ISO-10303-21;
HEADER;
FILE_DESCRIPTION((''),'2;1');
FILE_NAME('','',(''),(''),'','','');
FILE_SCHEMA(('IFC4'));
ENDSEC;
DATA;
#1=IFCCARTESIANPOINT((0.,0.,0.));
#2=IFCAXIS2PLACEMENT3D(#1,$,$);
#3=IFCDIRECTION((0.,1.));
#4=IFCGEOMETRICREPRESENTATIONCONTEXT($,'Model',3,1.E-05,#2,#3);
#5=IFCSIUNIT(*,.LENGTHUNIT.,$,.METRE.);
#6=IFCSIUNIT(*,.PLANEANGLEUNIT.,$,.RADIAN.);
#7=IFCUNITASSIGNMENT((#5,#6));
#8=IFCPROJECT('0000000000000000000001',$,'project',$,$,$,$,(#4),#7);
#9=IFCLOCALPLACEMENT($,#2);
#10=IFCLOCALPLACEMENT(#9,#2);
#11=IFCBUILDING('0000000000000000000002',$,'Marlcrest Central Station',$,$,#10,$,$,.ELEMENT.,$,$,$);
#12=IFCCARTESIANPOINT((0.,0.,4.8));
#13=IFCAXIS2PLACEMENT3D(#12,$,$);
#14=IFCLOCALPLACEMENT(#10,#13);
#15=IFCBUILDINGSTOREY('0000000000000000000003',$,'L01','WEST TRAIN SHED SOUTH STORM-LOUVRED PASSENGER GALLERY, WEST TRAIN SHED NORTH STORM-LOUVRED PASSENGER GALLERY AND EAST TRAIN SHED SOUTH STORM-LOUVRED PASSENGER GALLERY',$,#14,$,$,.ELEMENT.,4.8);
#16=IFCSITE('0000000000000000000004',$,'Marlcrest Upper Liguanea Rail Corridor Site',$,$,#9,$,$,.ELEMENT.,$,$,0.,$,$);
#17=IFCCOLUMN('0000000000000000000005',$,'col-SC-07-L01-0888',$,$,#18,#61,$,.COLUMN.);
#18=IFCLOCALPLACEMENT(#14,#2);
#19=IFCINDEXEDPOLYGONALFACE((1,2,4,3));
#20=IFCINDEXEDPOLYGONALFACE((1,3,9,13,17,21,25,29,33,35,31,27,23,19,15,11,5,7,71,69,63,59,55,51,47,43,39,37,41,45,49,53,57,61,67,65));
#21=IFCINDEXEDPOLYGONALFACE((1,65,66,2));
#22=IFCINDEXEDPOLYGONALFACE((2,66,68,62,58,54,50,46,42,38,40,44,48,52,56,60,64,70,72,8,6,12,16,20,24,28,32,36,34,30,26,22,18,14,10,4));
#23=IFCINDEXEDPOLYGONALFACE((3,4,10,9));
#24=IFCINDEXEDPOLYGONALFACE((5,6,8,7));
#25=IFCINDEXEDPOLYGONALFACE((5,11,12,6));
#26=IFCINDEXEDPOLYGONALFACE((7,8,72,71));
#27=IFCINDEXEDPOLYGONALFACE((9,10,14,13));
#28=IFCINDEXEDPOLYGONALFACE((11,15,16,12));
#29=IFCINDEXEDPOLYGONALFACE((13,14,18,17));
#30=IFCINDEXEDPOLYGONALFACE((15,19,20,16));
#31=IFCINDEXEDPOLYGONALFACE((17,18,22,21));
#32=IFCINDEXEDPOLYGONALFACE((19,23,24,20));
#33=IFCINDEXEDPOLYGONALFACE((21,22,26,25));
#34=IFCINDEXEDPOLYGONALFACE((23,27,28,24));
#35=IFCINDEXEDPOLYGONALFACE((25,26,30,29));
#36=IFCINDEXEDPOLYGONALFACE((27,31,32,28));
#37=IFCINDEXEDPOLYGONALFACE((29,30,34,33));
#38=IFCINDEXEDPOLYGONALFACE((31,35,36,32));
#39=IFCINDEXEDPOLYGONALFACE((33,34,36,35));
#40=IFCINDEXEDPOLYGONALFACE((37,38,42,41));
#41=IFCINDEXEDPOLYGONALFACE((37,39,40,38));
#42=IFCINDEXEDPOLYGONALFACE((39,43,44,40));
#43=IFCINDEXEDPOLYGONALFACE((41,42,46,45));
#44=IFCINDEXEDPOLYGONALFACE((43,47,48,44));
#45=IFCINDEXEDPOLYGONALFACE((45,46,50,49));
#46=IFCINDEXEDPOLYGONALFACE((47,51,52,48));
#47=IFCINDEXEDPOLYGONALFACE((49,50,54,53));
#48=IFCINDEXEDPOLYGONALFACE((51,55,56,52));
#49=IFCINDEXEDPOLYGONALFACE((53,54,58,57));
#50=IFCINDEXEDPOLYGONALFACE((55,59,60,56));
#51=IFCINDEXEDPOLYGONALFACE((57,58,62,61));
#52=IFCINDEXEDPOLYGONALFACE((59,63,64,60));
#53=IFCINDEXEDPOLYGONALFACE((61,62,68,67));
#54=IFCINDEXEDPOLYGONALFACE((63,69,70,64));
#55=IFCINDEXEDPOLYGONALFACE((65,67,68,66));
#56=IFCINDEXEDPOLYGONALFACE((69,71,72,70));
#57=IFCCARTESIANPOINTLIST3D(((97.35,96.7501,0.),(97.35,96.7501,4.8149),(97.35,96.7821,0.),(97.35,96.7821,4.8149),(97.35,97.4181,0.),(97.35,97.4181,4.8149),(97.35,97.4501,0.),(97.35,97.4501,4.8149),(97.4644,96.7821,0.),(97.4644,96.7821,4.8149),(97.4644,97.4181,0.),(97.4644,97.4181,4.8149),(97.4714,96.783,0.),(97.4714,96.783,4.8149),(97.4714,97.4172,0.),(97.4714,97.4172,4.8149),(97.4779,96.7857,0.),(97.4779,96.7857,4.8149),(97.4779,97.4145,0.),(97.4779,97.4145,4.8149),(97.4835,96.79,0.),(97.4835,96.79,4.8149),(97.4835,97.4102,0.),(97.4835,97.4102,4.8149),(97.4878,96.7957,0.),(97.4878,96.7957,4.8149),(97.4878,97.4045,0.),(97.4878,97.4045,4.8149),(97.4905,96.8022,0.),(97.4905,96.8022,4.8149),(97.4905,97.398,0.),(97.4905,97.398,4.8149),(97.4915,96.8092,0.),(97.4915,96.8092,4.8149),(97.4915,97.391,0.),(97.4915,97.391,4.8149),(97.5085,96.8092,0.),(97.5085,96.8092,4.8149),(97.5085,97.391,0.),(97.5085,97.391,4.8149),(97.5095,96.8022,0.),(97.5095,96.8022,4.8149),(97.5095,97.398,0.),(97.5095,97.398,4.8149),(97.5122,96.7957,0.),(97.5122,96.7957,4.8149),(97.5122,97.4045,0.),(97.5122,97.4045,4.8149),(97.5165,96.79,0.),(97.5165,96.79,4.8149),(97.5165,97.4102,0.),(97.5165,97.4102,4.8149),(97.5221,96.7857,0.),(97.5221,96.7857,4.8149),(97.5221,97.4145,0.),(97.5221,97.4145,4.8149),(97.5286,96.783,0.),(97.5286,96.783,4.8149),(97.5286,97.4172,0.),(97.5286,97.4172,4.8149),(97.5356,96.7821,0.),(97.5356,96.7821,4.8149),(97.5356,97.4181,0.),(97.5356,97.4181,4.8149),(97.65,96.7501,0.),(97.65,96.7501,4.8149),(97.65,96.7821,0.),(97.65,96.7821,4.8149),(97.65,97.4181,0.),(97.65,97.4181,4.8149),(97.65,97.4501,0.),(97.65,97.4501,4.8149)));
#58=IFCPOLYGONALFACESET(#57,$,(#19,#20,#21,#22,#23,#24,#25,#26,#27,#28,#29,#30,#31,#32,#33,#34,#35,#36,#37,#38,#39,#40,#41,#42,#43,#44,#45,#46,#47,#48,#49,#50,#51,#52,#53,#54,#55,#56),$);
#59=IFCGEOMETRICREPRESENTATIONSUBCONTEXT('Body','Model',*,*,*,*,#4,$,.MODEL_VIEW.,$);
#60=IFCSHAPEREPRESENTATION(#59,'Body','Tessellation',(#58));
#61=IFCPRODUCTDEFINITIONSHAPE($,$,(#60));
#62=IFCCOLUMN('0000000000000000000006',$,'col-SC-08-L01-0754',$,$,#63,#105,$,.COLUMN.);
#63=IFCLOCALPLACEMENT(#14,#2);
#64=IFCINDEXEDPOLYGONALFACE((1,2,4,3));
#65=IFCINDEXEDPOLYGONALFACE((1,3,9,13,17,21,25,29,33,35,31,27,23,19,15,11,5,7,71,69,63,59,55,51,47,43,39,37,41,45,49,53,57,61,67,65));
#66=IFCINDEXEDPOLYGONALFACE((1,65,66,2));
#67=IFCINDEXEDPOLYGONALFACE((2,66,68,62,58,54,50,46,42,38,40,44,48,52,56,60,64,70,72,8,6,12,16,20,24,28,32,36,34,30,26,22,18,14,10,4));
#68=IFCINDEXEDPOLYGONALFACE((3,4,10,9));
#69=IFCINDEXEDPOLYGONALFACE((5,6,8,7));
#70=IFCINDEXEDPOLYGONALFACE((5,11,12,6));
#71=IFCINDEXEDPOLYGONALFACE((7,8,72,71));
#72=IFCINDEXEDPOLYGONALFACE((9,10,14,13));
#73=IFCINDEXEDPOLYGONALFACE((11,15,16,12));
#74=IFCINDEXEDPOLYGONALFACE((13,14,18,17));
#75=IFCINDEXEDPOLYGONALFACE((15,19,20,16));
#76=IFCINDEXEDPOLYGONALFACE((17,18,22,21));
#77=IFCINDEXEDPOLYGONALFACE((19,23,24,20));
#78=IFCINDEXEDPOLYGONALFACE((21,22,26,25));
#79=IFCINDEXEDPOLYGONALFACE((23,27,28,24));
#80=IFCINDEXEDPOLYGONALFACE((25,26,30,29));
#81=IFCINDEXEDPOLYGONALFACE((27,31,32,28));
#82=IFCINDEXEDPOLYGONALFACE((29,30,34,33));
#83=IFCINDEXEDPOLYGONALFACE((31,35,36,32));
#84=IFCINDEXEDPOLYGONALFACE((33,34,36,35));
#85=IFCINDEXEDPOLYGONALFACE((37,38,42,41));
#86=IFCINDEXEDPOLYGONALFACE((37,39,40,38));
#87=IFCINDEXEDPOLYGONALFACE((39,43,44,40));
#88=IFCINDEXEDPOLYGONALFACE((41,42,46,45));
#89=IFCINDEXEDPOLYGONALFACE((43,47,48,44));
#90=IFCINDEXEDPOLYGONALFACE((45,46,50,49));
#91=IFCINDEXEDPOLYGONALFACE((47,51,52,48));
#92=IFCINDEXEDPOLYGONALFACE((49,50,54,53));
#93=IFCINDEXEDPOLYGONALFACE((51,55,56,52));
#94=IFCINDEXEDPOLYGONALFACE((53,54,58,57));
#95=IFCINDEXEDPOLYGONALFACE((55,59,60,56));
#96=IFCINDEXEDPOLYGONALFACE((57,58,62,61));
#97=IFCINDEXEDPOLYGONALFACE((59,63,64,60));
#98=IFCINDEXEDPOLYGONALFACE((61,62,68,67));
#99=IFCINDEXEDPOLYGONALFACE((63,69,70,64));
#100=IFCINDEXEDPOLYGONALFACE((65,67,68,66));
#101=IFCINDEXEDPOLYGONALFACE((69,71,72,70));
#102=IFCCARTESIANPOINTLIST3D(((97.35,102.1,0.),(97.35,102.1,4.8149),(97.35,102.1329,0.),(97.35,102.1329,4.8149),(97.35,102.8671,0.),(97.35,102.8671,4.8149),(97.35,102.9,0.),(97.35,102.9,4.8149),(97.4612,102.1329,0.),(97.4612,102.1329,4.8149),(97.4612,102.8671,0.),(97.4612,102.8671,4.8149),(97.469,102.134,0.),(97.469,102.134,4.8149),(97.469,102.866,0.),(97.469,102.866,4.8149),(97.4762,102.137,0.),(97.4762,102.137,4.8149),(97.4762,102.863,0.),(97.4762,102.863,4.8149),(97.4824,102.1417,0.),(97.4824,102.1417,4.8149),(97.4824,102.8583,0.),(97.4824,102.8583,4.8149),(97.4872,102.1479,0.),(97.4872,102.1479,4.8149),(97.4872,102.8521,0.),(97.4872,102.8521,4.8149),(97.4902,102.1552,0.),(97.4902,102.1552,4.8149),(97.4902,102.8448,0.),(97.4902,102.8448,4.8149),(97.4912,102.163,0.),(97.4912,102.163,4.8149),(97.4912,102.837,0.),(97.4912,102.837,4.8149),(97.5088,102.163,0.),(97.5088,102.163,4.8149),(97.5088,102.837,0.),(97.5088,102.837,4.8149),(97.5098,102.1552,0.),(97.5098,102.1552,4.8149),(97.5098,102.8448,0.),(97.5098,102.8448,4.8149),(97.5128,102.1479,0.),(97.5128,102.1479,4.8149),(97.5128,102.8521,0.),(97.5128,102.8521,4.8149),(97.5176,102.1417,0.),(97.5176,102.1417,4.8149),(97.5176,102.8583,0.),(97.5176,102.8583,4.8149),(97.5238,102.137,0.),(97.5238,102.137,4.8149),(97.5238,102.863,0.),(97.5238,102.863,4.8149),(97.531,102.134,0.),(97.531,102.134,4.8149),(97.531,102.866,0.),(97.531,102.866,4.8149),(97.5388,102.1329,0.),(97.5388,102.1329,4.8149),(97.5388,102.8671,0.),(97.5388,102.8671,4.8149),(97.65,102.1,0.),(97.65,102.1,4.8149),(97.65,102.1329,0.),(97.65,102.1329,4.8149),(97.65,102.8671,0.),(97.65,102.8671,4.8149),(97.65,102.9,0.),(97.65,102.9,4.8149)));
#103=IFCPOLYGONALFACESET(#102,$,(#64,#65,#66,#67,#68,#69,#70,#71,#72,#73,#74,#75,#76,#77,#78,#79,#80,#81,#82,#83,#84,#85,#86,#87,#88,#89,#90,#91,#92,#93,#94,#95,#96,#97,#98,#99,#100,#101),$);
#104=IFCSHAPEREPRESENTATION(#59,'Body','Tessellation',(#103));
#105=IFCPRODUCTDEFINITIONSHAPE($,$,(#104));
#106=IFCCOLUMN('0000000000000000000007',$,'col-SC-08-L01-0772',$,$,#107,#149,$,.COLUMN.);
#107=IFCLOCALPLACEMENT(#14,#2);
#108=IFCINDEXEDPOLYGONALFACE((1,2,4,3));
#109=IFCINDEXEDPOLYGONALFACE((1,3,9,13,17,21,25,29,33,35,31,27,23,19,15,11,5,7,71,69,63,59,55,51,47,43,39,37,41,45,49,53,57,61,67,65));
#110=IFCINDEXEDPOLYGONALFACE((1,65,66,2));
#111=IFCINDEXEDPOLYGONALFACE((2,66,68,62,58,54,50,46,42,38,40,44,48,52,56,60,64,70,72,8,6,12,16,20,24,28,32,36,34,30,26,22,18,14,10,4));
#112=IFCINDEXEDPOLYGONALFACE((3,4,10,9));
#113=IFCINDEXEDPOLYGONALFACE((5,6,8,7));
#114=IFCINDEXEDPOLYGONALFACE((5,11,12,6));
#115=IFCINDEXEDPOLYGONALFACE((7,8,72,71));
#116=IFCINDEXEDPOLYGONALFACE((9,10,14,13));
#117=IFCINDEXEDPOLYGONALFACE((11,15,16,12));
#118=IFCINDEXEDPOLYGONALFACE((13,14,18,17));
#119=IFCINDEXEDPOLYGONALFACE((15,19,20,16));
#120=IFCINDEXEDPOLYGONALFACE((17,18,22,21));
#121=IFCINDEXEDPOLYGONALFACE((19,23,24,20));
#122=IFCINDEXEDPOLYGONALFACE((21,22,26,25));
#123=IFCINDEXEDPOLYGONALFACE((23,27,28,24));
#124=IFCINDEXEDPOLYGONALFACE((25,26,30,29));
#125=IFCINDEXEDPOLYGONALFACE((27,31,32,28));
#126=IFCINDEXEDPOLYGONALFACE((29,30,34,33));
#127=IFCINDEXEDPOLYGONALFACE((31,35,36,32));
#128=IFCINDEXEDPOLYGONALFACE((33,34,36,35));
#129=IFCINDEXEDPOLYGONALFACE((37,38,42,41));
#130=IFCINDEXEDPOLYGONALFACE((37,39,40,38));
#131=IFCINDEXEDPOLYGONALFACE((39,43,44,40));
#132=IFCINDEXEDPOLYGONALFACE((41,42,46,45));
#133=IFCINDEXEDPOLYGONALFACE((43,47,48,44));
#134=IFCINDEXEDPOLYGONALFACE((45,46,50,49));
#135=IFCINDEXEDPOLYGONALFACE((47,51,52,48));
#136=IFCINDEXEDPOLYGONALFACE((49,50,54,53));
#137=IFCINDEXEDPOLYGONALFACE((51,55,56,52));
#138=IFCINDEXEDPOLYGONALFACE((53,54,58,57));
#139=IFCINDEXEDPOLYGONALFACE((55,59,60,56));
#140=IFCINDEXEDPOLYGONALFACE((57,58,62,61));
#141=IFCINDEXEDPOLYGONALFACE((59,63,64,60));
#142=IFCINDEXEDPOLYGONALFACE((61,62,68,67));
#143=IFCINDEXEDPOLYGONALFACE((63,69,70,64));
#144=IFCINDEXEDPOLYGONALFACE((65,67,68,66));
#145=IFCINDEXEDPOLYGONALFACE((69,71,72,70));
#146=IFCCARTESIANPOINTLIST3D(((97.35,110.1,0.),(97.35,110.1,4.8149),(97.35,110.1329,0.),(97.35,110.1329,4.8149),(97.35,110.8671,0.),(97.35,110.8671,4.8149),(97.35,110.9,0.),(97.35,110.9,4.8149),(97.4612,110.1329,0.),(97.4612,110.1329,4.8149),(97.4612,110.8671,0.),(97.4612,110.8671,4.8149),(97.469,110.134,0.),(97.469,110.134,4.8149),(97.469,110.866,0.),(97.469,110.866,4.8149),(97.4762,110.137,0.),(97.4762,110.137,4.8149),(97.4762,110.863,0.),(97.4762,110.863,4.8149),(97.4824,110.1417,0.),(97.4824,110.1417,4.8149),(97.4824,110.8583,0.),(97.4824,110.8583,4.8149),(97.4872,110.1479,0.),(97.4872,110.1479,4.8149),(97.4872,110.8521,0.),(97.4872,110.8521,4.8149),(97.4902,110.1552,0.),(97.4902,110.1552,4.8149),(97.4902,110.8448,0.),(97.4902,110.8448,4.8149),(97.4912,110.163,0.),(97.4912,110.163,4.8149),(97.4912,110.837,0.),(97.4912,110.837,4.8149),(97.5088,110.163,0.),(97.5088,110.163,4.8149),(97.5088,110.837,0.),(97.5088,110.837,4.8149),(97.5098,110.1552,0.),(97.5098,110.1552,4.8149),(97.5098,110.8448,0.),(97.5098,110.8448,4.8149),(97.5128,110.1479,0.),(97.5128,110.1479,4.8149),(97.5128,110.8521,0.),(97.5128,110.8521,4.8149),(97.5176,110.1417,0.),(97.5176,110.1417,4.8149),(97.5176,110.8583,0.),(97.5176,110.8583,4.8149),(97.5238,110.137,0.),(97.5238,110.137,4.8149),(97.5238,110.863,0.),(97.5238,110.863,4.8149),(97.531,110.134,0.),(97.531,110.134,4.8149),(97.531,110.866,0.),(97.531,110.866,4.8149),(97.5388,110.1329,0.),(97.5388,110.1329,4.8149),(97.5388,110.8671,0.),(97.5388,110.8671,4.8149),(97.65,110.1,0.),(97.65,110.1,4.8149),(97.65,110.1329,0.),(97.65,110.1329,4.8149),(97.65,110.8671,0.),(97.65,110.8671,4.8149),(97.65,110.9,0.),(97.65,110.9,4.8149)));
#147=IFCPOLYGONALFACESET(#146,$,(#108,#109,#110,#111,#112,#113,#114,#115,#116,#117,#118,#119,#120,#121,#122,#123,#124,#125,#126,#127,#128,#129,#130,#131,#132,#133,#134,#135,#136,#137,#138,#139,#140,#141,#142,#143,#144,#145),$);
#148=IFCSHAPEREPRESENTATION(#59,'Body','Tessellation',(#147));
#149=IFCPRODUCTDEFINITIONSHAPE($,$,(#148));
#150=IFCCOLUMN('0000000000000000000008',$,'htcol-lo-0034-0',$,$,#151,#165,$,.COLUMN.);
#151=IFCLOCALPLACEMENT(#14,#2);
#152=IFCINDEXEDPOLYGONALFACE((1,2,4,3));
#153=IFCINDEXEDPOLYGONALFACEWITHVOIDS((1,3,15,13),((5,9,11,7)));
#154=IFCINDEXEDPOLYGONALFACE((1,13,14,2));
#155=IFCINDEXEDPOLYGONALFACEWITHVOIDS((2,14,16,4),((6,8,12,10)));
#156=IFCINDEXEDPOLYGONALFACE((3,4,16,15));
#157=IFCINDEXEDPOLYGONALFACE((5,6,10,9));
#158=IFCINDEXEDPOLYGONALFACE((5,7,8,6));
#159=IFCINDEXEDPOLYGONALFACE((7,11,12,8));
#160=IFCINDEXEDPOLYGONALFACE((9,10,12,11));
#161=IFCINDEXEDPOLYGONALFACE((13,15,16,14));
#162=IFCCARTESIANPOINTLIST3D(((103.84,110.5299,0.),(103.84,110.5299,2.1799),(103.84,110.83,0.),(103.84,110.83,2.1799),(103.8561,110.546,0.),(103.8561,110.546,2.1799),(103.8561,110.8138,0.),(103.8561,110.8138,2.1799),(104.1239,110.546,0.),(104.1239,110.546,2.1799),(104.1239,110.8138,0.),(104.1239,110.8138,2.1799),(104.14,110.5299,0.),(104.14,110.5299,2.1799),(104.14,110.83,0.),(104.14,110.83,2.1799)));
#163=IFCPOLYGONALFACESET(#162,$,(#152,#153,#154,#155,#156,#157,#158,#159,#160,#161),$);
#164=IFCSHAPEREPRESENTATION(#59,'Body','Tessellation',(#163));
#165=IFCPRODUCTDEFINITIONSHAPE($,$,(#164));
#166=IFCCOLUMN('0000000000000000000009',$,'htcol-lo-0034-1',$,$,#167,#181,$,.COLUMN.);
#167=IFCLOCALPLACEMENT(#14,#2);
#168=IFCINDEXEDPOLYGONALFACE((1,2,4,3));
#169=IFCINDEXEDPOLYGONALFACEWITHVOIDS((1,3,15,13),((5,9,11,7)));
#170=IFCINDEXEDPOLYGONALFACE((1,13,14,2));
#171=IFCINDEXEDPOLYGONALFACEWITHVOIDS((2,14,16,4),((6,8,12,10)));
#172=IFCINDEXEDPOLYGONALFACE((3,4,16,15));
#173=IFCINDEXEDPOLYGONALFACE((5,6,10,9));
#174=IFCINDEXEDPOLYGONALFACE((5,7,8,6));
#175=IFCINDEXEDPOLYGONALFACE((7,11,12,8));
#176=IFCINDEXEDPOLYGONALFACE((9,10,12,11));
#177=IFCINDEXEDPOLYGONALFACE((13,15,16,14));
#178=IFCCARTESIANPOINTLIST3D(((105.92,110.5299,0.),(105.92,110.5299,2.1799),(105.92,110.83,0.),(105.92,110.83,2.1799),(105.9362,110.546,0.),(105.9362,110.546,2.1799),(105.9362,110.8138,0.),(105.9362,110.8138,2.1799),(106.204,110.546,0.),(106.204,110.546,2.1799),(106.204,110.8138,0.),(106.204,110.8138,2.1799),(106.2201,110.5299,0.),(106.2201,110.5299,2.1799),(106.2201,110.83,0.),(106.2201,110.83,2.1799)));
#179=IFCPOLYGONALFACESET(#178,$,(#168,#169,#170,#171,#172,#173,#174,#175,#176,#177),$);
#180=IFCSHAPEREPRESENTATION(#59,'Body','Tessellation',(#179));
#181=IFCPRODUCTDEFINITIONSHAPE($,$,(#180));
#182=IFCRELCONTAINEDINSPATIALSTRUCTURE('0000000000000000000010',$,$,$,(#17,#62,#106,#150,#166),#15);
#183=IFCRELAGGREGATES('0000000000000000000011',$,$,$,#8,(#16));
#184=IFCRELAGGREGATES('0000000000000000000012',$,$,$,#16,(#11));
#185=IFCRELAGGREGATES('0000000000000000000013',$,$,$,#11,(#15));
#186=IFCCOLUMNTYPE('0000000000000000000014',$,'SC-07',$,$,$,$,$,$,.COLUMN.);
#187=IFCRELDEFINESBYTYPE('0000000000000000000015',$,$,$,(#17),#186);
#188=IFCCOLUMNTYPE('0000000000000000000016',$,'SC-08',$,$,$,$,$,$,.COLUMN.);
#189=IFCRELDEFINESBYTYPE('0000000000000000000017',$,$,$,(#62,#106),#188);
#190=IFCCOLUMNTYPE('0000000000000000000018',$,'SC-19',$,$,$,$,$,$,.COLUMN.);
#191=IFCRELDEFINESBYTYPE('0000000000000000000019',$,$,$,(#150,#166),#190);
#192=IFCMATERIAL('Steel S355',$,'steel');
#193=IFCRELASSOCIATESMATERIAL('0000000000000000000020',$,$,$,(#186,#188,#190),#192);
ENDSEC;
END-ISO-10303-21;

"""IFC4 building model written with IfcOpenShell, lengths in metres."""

from ifc_helpers import new_model, si_unit, direction, frame, origin, origin_2d, place, context, subcontext, project, spatial, hollow_rectangle, i_section, extrude, material, material_profile, profile_set, type_object, element, save


model = new_model("IFC4")

# Units and contexts
model_context = context("Model", 3, precision=1e-05, world=origin(), true_north=direction((0.0, 1.0)))
body_context = subcontext(model_context, "Body", "Model", "MODEL_VIEW")
ifc_project = project(units=[si_unit("LENGTHUNIT", "METRE"), si_unit("PLANEANGLEUNIT", "RADIAN")], contexts=[model_context])

# Site, building, storey
site_placement = place(None, origin())
site = spatial("IfcSite", under=ifc_project, at=site_placement, Name="Marlcrest Upper Liguanea Rail Corridor Site", CompositionType="ELEMENT", RefElevation=0.0)
building_placement = place(site_placement, origin())
building = spatial("IfcBuilding", under=site, at=building_placement, Name="Marlcrest Central Station", CompositionType="ELEMENT")
storey_placement = place(building_placement, frame((0.0, 0.0, 4.8)))
storey = spatial("IfcBuildingStorey", under=building, at=storey_placement, Name="L01", Description="WEST TRAIN SHED SOUTH STORM-LOUVRED PASSENGER GALLERY, WEST TRAIN SHED NORTH STORM-LOUVRED PASSENGER GALLERY AND EAST TRAIN SHED SOUTH STORM-LOUVRED PASSENGER GALLERY", CompositionType="ELEMENT", Elevation=4.8)

# Columns
ifc_material_1 = material(Name="Steel S355", Category="steel")
ifc_material_profile_1 = material_profile(ifc_material_1, i_section(OverallWidth=0.3, OverallDepth=0.7, WebThickness=0.0171, FlangeThickness=0.032, FilletRadius=0.0271, at=origin_2d()), Name="HEB 700")
ifc_profile_set_1 = profile_set([ifc_material_profile_1], Name="Steel S355")
column_type_1 = type_object("IfcColumnType", Name="SC-07", PredefinedType="COLUMN", material=ifc_profile_set_1)
column_placement = place(storey_placement, frame((97.5, 97.1001, 0.0), z_axis=(0.0, 0.0, 1.0), x_axis=(1.0, 0.0, 0.0)))
element("IfcColumn", 1, at=column_placement, inside=storey, type_object=column_type_1, Name="col-SC-07-L01-0888", PredefinedType="COLUMN", context=body_context, shape_type="SweptSolid", body=[
    extrude(i_section(OverallWidth=0.3, OverallDepth=0.7, WebThickness=0.0171, FlangeThickness=0.032, FilletRadius=0.0271, at=origin_2d()), origin(), (0.0, 0.0, 1.0), 4.8149),
])
ifc_material_profile_2 = material_profile(ifc_material_1, i_section(OverallWidth=0.3, OverallDepth=0.8, WebThickness=0.0176, FlangeThickness=0.033, FilletRadius=0.03, at=origin_2d()), Name="HEB 800")
ifc_profile_set_2 = profile_set([ifc_material_profile_2], Name="Steel S355")
column_type_2 = type_object("IfcColumnType", Name="SC-08", PredefinedType="COLUMN", material=ifc_profile_set_2)
for number, where, z_axis, x_axis, name in (
    (2, (97.5, 102.5, 0.0), (0.0, 0.0, 1.0), (1.0, 0.0, 0.0), "col-SC-08-L01-0754"),
    (3, (97.5, 110.5, 0.0), (0.0, 0.0, 1.0), (1.0, 0.0, 0.0), "col-SC-08-L01-0772"),
):
    element("IfcColumn", number, at=place(storey_placement, frame(where, z_axis=z_axis, x_axis=x_axis)), inside=storey, type_object=column_type_2, Name=name, PredefinedType="COLUMN", context=body_context, shape_type="SweptSolid", body=[
        extrude(i_section(OverallWidth=0.3, OverallDepth=0.8, WebThickness=0.0176, FlangeThickness=0.033, FilletRadius=0.03, at=origin_2d()), origin(), (0.0, 0.0, 1.0), 4.8149),
    ])
ifc_material_profile_3 = material_profile(ifc_material_1, hollow_rectangle(XDim=0.3, YDim=0.3, WallThickness=0.0161, at=origin_2d()), Name="SHS 300x300x16")
ifc_profile_set_3 = profile_set([ifc_material_profile_3], Name="Steel S355")
column_type_3 = type_object("IfcColumnType", Name="SC-19", PredefinedType="COLUMN", material=ifc_profile_set_3)
for number, where, z_axis, x_axis, name in (
    (4, (103.99, 110.6799, 0.0), (0.0, 0.0, 1.0), (1.0, 0.0, 0.0), "htcol-lo-0034-0"),
    (5, (106.0701, 110.6799, 0.0), (0.0, 0.0, 1.0), (1.0, 0.0, 0.0), "htcol-lo-0034-1"),
):
    element("IfcColumn", number, at=place(storey_placement, frame(where, z_axis=z_axis, x_axis=x_axis)), inside=storey, type_object=column_type_3, Name=name, PredefinedType="COLUMN", context=body_context, shape_type="SweptSolid", body=[
        extrude(hollow_rectangle(XDim=0.3, YDim=0.3, WallThickness=0.0161, at=origin_2d()), origin(), (0.0, 0.0, 1.0), 2.1799),
    ])

save(model, "model.ifc")
